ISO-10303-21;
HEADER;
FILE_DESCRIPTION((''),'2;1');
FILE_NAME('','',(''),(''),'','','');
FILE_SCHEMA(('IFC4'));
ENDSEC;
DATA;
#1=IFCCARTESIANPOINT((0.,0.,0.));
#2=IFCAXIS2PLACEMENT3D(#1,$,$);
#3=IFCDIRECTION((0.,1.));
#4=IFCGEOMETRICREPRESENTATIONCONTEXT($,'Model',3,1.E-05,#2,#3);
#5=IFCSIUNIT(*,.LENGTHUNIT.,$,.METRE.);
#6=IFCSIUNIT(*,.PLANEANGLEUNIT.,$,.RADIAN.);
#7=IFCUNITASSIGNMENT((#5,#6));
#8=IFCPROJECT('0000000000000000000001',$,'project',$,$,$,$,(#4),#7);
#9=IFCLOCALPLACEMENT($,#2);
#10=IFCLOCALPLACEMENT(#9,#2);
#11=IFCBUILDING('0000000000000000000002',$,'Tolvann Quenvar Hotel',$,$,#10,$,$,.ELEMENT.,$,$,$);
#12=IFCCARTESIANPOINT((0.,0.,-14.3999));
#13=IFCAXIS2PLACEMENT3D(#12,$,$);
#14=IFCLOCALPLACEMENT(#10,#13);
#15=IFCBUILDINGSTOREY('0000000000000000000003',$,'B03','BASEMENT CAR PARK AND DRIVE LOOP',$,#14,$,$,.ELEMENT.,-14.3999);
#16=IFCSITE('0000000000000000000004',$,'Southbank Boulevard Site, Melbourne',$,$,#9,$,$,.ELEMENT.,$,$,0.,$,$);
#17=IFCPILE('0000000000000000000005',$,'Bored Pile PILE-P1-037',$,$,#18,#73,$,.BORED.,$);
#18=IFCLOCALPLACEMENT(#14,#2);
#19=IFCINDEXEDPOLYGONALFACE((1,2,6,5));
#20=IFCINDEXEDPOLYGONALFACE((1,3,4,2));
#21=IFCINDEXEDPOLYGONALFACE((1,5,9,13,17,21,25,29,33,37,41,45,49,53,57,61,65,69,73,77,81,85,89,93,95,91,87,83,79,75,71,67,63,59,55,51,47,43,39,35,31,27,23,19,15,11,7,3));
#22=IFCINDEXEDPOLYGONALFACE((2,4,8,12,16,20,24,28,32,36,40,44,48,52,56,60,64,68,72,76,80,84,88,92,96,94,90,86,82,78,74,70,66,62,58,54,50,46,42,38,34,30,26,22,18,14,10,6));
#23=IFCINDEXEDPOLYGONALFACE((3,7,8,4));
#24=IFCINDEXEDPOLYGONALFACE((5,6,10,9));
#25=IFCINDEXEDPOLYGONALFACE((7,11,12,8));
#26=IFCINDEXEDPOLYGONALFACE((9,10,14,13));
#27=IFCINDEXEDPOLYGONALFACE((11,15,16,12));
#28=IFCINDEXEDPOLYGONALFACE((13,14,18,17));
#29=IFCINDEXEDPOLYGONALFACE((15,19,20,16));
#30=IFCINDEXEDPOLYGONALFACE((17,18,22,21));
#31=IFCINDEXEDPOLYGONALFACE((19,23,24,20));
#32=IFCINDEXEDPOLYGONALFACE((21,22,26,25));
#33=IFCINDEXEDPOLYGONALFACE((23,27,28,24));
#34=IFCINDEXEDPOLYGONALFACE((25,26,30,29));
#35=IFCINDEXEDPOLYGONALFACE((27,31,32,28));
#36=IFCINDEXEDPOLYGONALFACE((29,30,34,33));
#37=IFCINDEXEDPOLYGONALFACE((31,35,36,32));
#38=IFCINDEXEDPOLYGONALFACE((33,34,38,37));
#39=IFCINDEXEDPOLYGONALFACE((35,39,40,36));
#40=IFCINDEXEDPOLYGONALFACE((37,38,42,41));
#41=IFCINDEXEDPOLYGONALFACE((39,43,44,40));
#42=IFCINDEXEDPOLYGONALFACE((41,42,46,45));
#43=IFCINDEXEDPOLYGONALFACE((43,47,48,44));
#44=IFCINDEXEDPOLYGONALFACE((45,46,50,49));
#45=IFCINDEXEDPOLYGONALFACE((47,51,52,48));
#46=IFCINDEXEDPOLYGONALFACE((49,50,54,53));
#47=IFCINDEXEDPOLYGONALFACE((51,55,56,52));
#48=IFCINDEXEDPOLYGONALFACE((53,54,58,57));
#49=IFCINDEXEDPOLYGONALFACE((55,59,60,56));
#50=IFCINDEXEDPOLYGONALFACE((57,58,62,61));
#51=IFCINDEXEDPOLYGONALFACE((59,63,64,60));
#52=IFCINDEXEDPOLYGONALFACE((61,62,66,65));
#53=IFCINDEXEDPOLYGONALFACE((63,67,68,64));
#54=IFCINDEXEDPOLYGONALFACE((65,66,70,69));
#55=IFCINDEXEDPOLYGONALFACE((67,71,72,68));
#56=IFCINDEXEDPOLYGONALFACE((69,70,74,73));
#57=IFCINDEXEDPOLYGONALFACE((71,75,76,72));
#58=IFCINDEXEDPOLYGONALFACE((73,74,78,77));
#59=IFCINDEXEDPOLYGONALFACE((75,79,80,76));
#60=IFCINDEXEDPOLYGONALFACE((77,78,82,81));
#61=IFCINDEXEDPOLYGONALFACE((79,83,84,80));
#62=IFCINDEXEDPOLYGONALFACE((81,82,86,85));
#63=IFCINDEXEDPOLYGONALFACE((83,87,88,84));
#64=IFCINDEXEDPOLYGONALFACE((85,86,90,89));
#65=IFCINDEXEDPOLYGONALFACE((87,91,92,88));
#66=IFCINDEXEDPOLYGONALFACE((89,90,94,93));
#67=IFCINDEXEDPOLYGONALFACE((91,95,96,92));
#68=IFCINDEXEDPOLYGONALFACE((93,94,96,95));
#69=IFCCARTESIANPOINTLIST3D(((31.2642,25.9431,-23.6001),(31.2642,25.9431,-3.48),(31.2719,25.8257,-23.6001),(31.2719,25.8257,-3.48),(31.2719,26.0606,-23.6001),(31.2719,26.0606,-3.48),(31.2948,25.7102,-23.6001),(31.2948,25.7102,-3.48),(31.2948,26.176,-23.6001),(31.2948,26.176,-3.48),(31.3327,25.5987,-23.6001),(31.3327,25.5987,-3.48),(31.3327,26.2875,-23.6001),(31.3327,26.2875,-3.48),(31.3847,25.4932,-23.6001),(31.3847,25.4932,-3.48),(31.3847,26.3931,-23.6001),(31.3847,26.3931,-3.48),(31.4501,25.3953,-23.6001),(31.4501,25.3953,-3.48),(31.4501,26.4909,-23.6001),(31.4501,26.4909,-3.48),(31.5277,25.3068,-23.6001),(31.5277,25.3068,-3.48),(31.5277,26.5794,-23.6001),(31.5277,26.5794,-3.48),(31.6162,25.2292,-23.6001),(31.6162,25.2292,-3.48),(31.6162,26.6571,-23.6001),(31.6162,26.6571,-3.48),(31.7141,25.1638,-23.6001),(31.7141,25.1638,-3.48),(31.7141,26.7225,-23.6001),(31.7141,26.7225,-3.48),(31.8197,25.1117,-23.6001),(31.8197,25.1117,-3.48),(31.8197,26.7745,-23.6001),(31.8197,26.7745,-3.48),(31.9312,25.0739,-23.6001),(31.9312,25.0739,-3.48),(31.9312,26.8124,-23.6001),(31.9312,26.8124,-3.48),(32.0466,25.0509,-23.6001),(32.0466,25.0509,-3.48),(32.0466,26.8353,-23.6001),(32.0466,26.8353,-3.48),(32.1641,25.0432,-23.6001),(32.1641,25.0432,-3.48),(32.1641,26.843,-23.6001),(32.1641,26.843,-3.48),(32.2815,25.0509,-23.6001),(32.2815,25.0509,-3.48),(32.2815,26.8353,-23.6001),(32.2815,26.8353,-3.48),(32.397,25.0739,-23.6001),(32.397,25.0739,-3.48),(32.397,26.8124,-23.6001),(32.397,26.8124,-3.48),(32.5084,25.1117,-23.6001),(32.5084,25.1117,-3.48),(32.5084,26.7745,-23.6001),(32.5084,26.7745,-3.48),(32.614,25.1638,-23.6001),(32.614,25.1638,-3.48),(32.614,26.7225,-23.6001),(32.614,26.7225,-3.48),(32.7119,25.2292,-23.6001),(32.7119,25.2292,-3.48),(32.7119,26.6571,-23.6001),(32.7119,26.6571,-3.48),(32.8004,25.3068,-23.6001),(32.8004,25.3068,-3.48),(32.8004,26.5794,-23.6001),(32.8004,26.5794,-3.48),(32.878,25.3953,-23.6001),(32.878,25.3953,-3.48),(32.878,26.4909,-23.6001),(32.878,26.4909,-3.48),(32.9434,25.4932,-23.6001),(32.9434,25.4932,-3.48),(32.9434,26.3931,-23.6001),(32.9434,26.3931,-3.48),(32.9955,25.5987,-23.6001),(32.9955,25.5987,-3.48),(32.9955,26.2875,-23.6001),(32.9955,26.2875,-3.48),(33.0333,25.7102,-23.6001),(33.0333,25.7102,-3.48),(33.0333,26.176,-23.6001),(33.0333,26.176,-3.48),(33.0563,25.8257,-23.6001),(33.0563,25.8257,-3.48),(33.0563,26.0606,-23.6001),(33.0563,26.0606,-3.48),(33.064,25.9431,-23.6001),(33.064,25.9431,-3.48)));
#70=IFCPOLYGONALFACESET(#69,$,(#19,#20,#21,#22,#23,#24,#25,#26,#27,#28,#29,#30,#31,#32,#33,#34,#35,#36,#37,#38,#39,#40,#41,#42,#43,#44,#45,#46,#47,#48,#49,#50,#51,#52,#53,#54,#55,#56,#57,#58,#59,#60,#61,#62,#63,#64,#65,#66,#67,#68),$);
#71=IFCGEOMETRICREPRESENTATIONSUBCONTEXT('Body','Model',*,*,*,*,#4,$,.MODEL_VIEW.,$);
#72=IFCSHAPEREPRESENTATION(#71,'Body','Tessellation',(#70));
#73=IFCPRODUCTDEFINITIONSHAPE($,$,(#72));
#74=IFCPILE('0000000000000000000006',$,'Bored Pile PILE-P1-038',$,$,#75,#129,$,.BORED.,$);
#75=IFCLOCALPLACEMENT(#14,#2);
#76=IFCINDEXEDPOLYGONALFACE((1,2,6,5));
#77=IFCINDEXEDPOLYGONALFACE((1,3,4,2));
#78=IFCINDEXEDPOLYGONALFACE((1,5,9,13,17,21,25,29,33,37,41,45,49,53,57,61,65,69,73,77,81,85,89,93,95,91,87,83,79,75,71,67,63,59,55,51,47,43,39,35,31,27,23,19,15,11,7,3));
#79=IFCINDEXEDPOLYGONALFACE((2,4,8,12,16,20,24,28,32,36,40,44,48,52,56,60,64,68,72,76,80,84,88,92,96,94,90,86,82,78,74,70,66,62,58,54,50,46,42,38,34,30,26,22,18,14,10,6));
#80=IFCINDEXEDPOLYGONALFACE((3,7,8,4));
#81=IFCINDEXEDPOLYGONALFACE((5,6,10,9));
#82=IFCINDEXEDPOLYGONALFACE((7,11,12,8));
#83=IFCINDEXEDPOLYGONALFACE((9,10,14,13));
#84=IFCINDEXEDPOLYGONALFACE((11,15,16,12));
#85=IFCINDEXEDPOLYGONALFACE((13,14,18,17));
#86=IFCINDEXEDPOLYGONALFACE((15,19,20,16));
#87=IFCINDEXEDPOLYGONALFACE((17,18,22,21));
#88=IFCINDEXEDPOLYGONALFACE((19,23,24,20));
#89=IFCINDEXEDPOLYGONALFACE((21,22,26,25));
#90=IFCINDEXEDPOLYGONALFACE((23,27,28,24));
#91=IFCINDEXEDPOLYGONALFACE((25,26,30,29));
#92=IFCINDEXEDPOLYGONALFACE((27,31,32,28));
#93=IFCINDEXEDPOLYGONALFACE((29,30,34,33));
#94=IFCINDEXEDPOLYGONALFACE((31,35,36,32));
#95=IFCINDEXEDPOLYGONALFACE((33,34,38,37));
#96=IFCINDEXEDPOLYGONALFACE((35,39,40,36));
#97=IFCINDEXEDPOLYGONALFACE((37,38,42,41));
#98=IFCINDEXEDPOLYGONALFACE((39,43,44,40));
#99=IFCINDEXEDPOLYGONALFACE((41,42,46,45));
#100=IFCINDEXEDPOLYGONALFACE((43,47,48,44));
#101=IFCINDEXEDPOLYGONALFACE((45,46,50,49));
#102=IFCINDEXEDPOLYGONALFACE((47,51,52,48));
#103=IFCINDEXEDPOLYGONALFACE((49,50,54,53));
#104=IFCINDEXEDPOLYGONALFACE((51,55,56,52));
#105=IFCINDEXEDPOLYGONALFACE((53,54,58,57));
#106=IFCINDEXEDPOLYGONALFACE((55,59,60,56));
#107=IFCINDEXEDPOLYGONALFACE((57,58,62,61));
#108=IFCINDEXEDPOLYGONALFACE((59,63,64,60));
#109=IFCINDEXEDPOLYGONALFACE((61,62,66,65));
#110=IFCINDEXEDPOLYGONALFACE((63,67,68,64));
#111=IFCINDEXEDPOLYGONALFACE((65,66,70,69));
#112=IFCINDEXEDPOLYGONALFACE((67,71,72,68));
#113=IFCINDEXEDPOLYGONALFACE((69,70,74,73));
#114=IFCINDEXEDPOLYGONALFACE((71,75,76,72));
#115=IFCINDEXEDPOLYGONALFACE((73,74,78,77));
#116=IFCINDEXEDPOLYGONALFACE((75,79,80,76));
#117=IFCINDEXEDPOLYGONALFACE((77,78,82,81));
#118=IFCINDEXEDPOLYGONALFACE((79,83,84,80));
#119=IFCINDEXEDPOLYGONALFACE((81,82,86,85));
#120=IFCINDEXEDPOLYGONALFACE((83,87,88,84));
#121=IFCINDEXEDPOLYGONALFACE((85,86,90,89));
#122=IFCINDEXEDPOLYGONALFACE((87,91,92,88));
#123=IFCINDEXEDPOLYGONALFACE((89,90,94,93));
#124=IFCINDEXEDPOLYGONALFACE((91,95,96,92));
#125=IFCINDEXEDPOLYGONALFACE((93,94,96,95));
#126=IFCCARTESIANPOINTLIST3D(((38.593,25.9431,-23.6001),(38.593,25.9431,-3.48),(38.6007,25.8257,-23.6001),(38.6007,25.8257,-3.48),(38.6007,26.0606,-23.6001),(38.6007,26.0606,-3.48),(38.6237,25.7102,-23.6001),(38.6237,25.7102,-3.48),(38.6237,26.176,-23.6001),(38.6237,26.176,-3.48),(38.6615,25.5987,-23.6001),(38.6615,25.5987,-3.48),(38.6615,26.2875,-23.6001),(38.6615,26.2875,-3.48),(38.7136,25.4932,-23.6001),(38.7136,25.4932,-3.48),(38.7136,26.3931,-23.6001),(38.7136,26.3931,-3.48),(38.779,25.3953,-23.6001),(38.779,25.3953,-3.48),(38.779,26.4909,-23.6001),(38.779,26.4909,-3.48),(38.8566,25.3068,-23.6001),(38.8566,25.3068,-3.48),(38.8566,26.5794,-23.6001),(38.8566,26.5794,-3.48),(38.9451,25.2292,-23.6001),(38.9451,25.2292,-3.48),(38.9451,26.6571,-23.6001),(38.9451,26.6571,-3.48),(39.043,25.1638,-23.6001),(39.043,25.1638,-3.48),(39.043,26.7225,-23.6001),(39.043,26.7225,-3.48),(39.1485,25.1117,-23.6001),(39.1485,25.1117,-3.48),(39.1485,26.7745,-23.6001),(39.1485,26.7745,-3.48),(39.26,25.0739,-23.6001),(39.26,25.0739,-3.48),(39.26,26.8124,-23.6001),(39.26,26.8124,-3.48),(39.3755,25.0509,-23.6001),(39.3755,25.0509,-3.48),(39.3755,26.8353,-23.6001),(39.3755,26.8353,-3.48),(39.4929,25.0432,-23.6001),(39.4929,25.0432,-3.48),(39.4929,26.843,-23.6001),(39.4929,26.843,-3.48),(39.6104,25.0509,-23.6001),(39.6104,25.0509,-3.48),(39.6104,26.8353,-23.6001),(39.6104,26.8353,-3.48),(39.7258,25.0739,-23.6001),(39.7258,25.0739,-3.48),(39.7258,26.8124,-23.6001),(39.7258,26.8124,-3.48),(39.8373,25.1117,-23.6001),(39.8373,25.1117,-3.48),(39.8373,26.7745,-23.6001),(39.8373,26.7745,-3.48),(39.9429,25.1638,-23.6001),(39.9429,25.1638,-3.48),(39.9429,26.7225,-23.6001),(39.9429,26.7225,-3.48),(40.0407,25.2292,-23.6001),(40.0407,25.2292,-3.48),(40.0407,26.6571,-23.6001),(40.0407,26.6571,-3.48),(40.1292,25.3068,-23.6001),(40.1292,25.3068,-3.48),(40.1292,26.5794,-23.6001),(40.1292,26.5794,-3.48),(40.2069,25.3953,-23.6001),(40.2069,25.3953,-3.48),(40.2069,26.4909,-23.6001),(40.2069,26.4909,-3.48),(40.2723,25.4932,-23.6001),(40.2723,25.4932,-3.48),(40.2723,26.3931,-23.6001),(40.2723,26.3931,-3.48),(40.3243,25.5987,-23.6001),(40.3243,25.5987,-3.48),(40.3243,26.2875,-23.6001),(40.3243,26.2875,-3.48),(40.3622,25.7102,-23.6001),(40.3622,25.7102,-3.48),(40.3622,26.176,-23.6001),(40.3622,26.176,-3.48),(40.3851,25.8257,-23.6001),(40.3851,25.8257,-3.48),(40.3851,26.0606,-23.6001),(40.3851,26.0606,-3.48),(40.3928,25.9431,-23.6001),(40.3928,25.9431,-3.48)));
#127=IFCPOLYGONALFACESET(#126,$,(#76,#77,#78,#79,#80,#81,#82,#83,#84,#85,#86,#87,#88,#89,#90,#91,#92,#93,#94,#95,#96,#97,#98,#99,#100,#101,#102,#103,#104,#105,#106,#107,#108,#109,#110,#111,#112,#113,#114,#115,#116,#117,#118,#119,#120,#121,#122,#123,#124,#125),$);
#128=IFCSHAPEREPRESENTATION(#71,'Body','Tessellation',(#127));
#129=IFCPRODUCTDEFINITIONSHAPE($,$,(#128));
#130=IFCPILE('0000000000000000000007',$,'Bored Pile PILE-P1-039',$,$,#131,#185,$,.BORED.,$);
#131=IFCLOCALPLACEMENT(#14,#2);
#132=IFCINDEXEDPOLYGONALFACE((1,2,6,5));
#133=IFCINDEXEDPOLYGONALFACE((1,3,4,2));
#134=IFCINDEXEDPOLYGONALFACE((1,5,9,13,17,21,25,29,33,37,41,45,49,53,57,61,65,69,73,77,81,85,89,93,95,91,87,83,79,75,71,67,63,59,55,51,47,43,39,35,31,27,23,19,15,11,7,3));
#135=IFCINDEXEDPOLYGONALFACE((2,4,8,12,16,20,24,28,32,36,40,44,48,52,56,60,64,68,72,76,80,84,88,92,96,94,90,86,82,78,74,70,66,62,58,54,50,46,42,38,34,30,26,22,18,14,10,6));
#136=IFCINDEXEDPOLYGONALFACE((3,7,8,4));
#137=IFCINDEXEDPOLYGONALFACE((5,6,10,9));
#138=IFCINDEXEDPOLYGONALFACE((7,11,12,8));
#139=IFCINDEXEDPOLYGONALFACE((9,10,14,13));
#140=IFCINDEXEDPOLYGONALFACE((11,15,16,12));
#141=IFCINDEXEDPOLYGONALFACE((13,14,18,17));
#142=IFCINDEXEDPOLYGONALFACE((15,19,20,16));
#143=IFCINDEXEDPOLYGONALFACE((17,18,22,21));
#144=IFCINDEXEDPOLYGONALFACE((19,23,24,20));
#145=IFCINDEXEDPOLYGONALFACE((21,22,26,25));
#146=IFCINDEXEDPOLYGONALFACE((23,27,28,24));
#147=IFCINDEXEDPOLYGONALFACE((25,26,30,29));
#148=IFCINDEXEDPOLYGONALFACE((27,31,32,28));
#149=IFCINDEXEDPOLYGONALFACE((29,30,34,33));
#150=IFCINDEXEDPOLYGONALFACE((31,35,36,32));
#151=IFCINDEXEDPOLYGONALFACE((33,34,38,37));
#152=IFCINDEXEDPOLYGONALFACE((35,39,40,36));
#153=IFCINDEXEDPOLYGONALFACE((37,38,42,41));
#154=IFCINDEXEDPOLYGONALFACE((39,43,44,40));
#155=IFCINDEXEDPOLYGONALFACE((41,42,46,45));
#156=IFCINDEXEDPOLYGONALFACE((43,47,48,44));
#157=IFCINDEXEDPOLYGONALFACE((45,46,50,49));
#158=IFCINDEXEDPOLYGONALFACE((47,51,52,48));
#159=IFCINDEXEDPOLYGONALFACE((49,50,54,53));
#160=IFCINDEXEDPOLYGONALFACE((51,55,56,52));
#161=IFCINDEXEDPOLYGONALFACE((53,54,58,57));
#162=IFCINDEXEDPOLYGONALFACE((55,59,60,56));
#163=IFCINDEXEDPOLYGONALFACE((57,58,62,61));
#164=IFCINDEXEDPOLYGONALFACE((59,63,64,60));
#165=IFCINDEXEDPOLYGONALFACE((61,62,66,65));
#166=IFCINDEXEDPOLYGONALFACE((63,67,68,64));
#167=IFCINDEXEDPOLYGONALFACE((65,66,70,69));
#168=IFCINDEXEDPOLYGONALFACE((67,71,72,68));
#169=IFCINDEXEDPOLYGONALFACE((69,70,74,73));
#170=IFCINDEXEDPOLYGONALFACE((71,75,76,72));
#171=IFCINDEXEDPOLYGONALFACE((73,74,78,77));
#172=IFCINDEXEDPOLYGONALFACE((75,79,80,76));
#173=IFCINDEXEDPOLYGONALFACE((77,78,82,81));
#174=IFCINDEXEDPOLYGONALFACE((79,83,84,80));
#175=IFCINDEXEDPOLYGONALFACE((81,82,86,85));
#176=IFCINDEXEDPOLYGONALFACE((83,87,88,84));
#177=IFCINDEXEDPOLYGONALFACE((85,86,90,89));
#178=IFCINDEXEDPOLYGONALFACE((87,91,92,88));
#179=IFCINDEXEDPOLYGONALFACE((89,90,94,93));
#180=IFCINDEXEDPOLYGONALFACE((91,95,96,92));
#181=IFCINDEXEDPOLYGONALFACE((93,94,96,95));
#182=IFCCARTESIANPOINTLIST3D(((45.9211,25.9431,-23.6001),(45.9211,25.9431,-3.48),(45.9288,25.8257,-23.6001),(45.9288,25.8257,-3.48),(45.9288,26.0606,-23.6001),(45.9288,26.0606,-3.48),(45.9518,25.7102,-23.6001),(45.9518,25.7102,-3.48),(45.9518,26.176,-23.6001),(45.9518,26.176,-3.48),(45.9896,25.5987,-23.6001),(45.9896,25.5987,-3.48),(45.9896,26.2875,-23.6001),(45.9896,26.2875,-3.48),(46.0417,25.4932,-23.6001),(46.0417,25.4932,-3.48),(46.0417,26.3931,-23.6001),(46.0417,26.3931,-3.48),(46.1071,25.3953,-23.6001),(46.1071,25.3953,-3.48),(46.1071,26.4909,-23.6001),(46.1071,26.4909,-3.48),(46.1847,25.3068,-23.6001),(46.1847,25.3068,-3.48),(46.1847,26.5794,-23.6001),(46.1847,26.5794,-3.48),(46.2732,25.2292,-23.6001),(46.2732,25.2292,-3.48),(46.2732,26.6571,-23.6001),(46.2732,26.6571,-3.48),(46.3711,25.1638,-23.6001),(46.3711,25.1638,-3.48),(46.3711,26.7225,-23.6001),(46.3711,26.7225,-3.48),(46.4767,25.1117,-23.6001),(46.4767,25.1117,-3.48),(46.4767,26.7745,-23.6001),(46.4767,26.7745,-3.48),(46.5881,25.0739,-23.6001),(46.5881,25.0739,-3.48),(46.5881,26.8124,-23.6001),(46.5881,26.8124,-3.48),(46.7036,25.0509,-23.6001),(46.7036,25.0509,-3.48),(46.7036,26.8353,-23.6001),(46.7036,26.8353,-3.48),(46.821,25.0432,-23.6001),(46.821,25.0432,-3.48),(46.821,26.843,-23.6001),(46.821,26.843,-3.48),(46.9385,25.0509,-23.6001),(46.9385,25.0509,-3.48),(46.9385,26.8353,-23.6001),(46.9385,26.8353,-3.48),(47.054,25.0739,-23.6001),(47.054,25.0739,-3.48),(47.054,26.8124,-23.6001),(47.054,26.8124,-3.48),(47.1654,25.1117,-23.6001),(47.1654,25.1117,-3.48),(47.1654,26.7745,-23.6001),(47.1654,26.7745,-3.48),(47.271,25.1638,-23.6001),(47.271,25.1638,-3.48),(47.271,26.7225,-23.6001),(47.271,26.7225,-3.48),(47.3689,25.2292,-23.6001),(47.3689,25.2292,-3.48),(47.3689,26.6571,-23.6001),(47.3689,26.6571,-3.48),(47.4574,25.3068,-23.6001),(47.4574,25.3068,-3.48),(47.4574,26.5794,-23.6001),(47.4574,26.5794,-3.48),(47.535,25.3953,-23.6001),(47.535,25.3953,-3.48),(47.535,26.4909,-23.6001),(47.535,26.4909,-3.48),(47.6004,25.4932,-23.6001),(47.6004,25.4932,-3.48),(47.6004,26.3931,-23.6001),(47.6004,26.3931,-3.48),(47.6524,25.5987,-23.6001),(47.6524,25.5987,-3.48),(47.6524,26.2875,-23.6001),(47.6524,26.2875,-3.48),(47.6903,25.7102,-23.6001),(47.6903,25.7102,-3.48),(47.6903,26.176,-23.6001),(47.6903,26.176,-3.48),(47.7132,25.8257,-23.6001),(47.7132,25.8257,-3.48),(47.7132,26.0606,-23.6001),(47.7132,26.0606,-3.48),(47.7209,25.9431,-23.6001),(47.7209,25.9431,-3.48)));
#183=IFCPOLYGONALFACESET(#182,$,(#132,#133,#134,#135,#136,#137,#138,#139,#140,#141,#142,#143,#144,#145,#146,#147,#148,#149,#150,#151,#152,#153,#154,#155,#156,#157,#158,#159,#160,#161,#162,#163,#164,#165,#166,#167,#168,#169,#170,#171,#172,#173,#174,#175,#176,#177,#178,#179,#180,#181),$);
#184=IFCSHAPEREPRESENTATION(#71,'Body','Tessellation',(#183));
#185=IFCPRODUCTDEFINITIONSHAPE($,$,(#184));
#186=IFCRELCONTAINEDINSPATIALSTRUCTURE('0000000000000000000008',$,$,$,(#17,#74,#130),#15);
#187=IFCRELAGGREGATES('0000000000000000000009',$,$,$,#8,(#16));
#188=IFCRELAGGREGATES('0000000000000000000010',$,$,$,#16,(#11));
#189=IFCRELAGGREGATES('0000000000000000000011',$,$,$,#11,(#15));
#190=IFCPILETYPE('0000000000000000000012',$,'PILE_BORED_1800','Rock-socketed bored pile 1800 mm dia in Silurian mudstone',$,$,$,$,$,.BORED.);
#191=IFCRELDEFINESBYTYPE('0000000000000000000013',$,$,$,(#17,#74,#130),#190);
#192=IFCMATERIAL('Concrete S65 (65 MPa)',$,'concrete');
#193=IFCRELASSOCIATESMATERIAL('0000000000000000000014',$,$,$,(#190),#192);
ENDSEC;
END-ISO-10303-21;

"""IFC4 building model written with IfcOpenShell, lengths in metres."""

from ifc_helpers import new_model, si_unit, direction, frame, origin, origin_2d, place, context, subcontext, project, spatial, circle, extrude, material, material_profile, profile_set, type_object, element, save


model = new_model("IFC4")

# Units and contexts
model_context = context("Model", 3, precision=1e-05, world=origin(), true_north=direction((0.0, 1.0)))
body_context = subcontext(model_context, "Body", "Model", "MODEL_VIEW")
ifc_project = project(units=[si_unit("LENGTHUNIT", "METRE"), si_unit("PLANEANGLEUNIT", "RADIAN")], contexts=[model_context])

# Site, building, storey
site_placement = place(None, origin())
site = spatial("IfcSite", under=ifc_project, at=site_placement, Name="Southbank Boulevard Site, Melbourne", CompositionType="ELEMENT", RefElevation=0.0)
building_placement = place(site_placement, origin())
building = spatial("IfcBuilding", under=site, at=building_placement, Name="Tolvann Quenvar Hotel", CompositionType="ELEMENT")
storey_placement = place(building_placement, frame((0.0, 0.0, -14.3999)))
storey = spatial("IfcBuildingStorey", under=building, at=storey_placement, Name="B03", Description="BASEMENT CAR PARK AND DRIVE LOOP", CompositionType="ELEMENT", Elevation=-14.3999)

# Piles
ifc_material_1 = material(Name="Concrete S65 (65 MPa)", Category="concrete")
ifc_material_profile_1 = material_profile(ifc_material_1, circle(Radius=0.8999, at=origin_2d()), Name="PILE1800")
ifc_profile_set_1 = profile_set([ifc_material_profile_1], Name="Concrete S65 (65 MPa)")
pile_type = type_object("IfcPileType", Name="PILE_BORED_1800", Description="Rock-socketed bored pile 1800 mm dia in Silurian mudstone", PredefinedType="BORED", material=ifc_profile_set_1)
for number, where, z_axis, x_axis, name in (
    (1, (32.1641, 25.9431, -3.48), (0.0, 0.0, -1.0), (1.0, 0.0, 0.0), "Bored Pile PILE-P1-037"),
    (2, (39.4929, 25.9431, -3.48), (0.0, 0.0, -1.0), (1.0, 0.0, 0.0), "Bored Pile PILE-P1-038"),
    (3, (46.821, 25.9431, -3.48), (0.0, 0.0, -1.0), (1.0, 0.0, 0.0), "Bored Pile PILE-P1-039"),
):
    element("IfcPile", number, at=place(storey_placement, frame(where, z_axis=z_axis, x_axis=x_axis)), inside=storey, type_object=pile_type, Name=name, PredefinedType="BORED", context=body_context, shape_type="SweptSolid", body=[
        extrude(circle(Radius=0.8999, at=origin_2d()), origin(), (0.0, 0.0, 1.0), 20.1201),
    ])

save(model, "model.ifc")
